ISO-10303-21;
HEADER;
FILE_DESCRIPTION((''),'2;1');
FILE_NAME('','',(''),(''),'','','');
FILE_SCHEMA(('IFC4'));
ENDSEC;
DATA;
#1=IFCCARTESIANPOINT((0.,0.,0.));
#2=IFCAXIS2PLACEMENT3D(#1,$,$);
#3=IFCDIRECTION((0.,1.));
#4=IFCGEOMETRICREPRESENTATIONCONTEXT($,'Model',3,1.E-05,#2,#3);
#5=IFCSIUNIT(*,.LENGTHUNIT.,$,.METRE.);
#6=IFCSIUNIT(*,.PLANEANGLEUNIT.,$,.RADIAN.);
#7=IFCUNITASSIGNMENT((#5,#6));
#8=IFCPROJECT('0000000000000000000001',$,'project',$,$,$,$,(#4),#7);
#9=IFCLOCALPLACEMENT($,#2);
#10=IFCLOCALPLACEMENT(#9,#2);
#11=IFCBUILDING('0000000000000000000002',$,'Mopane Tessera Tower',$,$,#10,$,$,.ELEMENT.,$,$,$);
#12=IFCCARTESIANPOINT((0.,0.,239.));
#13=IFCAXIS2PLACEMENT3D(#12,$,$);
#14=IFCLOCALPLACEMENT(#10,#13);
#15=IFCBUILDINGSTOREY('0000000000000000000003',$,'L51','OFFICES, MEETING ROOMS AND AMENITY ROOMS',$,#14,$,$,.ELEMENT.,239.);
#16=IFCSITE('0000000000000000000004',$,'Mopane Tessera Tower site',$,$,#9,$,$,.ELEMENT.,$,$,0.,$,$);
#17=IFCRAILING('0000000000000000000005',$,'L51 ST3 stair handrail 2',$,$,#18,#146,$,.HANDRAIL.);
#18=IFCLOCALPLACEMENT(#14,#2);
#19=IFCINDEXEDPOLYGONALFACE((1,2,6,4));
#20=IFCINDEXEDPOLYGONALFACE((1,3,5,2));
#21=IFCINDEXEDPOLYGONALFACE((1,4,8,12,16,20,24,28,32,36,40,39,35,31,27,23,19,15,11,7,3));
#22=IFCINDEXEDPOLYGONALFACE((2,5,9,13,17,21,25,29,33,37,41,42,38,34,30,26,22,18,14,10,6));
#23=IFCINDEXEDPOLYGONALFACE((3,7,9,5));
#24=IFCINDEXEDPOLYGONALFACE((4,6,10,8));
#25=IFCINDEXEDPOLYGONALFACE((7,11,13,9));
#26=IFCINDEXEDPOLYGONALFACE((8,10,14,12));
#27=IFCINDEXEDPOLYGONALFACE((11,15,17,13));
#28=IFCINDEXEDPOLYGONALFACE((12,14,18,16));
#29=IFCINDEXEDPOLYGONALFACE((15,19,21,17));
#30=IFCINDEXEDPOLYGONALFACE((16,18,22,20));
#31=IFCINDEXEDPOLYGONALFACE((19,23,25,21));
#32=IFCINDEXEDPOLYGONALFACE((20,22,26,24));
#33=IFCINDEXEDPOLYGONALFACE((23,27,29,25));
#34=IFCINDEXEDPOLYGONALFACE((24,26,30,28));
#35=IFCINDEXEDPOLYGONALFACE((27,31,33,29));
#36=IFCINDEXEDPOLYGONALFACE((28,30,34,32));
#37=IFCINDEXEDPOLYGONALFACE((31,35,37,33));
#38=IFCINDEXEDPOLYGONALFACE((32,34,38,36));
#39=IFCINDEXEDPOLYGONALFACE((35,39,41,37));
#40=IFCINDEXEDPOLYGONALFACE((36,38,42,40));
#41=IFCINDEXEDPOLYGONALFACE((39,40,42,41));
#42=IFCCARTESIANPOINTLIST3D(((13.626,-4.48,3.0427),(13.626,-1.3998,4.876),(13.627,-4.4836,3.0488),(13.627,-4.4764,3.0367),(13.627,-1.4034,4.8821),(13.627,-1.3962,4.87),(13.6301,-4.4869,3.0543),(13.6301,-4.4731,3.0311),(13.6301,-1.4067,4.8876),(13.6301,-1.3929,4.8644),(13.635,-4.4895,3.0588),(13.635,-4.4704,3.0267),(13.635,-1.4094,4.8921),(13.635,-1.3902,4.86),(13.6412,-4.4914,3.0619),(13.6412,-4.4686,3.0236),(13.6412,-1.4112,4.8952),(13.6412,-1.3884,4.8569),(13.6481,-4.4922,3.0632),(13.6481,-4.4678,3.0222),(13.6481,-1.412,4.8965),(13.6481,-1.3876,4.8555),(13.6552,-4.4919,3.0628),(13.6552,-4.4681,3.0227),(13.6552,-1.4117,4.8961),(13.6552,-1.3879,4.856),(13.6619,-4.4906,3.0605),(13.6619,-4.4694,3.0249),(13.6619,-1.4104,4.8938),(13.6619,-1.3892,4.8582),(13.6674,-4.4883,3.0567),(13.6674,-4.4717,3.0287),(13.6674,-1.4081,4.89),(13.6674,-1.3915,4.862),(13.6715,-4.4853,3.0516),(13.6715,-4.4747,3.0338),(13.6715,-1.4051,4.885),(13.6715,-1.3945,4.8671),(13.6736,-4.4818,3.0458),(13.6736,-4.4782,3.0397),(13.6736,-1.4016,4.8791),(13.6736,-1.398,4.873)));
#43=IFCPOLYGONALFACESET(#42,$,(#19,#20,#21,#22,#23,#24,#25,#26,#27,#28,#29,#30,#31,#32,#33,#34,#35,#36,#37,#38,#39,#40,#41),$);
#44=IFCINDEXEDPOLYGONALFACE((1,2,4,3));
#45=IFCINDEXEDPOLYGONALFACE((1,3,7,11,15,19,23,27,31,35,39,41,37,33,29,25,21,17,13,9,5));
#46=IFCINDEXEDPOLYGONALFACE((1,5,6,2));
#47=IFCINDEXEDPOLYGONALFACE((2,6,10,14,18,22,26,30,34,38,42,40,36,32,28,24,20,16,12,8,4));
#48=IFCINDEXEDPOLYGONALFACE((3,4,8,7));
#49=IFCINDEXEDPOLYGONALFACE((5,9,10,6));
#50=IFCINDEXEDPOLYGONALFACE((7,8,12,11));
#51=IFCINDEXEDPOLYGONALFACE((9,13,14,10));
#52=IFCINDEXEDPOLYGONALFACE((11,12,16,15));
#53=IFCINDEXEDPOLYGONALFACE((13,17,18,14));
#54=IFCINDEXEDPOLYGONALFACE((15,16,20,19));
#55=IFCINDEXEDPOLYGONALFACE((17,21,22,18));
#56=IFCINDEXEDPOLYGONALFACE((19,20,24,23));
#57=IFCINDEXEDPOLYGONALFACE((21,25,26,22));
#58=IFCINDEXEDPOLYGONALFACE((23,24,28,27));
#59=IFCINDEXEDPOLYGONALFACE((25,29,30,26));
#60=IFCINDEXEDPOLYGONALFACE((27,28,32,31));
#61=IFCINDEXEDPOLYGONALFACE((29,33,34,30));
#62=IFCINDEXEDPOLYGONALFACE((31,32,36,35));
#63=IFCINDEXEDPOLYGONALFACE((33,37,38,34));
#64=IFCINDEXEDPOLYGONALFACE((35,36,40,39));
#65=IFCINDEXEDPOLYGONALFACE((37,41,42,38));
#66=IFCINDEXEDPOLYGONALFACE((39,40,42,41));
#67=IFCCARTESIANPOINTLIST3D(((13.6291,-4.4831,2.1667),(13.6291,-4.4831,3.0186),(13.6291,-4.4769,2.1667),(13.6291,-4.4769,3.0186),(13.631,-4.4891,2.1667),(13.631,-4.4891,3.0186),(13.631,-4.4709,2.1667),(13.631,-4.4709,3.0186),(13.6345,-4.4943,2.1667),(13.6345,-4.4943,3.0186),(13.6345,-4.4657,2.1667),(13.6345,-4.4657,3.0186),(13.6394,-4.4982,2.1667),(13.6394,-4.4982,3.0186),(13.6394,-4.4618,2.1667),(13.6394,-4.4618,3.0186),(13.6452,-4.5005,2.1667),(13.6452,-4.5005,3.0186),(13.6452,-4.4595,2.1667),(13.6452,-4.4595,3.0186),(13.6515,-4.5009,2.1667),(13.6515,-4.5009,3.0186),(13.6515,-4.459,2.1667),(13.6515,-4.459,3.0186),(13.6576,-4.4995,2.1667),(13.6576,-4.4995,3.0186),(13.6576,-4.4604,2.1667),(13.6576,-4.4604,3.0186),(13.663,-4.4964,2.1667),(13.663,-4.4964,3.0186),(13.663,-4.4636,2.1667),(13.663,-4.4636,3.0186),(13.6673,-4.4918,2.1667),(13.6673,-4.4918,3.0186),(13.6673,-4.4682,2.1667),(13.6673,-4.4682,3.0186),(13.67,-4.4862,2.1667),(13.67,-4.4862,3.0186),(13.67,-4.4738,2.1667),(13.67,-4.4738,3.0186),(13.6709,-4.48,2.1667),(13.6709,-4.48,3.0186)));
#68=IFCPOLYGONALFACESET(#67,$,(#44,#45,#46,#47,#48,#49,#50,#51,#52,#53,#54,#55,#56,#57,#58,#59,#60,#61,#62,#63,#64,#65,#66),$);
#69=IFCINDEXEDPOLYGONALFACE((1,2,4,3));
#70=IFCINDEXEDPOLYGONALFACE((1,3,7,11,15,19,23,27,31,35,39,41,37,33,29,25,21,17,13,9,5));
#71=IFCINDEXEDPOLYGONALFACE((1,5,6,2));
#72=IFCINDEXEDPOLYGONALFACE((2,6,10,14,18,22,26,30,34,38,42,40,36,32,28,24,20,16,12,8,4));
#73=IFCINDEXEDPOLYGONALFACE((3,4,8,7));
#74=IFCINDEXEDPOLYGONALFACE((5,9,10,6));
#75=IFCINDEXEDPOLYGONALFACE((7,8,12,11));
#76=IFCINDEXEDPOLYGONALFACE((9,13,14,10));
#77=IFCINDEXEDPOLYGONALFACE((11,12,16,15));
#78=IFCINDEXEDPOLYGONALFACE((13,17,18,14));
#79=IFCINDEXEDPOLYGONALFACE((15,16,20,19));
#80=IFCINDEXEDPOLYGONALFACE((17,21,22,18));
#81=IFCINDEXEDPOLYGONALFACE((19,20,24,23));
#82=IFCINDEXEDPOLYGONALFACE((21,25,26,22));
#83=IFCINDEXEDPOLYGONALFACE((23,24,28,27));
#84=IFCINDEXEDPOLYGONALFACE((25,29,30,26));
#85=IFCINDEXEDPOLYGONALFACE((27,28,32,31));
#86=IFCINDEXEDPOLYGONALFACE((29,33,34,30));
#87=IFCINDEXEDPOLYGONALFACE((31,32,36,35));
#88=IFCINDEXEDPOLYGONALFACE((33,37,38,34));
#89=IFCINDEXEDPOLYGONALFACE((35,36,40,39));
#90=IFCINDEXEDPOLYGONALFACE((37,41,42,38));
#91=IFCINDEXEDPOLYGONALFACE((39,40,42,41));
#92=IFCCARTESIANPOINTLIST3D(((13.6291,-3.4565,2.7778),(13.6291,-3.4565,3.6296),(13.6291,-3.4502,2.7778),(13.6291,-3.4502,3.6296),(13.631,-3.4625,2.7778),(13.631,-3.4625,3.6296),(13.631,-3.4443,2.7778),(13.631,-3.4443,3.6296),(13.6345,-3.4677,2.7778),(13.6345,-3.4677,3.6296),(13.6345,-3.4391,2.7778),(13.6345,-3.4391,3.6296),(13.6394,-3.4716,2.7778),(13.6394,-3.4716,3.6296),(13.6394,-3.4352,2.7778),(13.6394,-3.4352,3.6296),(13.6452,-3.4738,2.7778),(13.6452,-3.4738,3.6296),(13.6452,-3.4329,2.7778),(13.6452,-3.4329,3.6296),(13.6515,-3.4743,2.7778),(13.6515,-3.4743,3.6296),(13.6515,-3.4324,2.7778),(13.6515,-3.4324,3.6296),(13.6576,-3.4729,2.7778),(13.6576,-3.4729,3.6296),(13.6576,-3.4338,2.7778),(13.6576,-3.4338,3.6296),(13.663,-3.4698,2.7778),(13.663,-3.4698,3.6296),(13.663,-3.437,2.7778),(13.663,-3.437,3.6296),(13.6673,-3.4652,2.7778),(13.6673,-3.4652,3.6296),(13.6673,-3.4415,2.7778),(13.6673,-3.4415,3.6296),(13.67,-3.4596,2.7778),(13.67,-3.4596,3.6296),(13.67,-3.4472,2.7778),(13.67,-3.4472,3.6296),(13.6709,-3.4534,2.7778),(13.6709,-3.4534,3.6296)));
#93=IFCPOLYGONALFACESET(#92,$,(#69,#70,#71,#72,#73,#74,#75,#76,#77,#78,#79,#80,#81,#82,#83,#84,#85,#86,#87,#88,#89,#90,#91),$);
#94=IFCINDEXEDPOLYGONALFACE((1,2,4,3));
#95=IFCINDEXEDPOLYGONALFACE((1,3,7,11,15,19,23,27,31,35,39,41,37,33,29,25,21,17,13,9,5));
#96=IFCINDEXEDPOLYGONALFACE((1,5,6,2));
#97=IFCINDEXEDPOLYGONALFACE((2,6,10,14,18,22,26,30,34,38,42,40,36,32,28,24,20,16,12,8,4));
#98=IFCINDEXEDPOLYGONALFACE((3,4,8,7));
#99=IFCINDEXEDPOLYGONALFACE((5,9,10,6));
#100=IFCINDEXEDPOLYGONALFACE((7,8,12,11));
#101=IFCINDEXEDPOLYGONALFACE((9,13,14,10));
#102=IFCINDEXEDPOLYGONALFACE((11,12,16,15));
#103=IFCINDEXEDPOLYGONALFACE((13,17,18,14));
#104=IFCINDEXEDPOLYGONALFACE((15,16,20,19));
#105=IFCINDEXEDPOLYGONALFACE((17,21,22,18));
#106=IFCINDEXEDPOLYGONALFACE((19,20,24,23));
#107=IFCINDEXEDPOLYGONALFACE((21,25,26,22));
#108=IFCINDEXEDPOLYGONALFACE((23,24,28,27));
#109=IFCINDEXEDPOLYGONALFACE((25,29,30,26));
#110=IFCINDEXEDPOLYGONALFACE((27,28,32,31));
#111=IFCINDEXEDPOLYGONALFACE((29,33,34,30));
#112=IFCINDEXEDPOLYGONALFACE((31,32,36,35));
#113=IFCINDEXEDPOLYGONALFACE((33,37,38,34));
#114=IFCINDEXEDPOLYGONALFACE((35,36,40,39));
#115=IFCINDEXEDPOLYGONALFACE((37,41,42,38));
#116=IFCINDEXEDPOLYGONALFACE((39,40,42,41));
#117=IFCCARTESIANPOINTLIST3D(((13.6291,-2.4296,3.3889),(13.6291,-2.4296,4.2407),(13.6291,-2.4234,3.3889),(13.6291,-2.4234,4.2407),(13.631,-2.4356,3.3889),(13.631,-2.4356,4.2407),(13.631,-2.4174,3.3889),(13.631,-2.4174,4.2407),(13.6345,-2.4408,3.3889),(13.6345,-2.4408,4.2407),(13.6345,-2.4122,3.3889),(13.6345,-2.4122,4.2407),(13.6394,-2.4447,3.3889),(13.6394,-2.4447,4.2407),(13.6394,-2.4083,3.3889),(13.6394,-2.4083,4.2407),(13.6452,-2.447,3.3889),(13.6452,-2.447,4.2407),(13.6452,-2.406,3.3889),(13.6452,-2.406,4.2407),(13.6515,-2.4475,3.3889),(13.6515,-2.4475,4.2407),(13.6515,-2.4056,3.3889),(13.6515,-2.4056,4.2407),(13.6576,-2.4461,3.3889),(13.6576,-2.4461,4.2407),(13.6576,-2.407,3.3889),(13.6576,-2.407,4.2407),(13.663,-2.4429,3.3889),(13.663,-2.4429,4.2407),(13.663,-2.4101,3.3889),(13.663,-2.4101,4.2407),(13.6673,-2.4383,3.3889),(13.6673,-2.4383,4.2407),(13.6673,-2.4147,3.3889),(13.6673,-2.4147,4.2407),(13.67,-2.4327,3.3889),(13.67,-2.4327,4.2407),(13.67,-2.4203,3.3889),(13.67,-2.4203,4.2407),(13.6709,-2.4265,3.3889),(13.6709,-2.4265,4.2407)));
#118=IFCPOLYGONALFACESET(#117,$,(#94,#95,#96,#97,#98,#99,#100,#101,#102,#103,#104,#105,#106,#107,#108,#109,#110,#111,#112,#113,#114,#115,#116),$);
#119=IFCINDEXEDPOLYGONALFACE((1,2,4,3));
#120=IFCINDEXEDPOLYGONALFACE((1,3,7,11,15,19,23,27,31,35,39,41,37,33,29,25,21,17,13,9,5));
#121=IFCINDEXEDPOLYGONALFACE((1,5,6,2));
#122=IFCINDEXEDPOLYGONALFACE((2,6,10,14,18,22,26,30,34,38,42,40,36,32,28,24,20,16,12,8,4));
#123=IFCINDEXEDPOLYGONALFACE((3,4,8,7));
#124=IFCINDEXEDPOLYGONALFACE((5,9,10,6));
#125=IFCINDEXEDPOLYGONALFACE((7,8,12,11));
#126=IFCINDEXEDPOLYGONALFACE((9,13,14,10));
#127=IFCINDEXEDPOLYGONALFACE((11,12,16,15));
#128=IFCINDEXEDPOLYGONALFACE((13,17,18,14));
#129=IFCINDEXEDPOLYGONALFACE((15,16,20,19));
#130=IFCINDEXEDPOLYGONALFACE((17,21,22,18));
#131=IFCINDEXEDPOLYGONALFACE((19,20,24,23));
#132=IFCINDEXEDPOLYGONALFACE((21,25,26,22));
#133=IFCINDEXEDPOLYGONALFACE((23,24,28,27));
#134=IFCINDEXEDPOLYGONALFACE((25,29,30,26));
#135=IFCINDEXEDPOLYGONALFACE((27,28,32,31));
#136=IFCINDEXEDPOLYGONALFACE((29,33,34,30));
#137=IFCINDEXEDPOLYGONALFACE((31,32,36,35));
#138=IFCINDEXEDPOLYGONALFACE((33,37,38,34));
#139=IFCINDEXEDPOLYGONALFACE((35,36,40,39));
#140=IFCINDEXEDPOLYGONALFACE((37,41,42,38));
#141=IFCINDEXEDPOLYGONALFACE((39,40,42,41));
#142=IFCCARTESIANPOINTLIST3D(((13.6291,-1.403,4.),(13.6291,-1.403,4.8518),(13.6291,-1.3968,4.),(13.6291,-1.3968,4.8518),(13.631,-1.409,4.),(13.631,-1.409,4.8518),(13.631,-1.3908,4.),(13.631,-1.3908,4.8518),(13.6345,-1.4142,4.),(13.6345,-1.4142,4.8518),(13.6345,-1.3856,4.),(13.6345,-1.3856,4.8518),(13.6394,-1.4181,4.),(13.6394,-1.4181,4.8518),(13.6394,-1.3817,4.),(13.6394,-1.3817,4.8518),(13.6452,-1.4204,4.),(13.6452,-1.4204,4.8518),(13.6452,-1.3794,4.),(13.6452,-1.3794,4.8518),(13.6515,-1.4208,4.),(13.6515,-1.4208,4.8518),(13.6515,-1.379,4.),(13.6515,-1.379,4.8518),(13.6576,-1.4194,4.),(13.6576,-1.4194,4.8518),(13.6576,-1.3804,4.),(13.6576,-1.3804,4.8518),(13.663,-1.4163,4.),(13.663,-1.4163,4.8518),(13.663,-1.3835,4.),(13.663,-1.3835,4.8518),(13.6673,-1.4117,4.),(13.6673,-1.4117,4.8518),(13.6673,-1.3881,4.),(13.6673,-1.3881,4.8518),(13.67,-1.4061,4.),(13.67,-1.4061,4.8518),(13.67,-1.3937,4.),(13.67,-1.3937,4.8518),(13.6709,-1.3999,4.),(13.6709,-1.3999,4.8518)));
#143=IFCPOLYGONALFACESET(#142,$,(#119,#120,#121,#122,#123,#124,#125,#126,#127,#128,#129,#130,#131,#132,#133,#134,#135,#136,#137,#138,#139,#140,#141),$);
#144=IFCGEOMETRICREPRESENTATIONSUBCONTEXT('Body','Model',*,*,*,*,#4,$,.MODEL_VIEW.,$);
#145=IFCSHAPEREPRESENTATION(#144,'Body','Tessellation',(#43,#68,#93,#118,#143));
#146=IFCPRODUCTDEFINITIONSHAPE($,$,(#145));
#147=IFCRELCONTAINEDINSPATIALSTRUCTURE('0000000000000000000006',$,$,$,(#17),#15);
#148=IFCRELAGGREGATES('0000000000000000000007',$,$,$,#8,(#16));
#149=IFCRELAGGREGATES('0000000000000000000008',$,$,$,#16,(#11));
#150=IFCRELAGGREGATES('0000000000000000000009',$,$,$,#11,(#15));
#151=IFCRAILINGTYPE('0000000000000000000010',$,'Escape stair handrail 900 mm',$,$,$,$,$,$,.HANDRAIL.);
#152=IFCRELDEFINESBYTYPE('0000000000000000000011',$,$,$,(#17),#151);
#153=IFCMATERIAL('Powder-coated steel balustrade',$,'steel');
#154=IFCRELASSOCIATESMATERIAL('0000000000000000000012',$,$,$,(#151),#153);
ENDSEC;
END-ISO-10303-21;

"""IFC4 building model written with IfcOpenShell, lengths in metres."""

from ifc_helpers import new_model, si_unit, direction, frame, origin, origin_2d, place, context, subcontext, project, spatial, circle, extrude, material, type_object, element, save


model = new_model("IFC4")

# Units and contexts
model_context = context("Model", 3, precision=1e-05, world=origin(), true_north=direction((0.0, 1.0)))
body_context = subcontext(model_context, "Body", "Model", "MODEL_VIEW")
ifc_project = project(units=[si_unit("LENGTHUNIT", "METRE"), si_unit("PLANEANGLEUNIT", "RADIAN")], contexts=[model_context])

# Site, building, storey
site_placement = place(None, origin())
site = spatial("IfcSite", under=ifc_project, at=site_placement, Name="Mopane Tessera Tower site", CompositionType="ELEMENT", RefElevation=0.0)
building_placement = place(site_placement, origin())
building = spatial("IfcBuilding", under=site, at=building_placement, Name="Mopane Tessera Tower", CompositionType="ELEMENT")
storey_placement = place(building_placement, frame((0.0, 0.0, 239.0)))
storey = spatial("IfcBuildingStorey", under=building, at=storey_placement, Name="L51", Description="OFFICES, MEETING ROOMS AND AMENITY ROOMS", CompositionType="ELEMENT", Elevation=239.0)

# Railing
ifc_material_1 = material(Name="Powder-coated steel balustrade", Category="steel")
railing_type_1 = type_object("IfcRailingType", Name="Escape stair handrail 900 mm", PredefinedType="HANDRAIL", material=ifc_material_1)
railing_1_placement = place(storey_placement, frame((13.6499, -4.48, 2.1667)))
element("IfcRailing", 1, at=railing_1_placement, inside=storey, type_object=railing_type_1, Name="L51 ST3 stair handrail 2", PredefinedType="HANDRAIL", context=body_context, shape_type="SweptSolid", body=[
    extrude(circle(Radius=0.0239, at=origin_2d()), frame((0.0, 0.0, 0.876), z_axis=(0.0, 0.859309, 0.511458), x_axis=(-1.0, 0.0, 0.0)), (0.0, 0.0, 1.0), 3.5845),
    extrude(circle(Radius=0.021, at=origin_2d()), origin(), (0.0, 0.0, 1.0), 0.8518),
    extrude(circle(Radius=0.021, at=origin_2d()), frame((0.0, 1.0266, 0.6111)), (0.0, 0.0, 1.0), 0.8518),
    extrude(circle(Radius=0.021, at=origin_2d()), frame((0.0, 2.0535, 1.2222)), (0.0, 0.0, 1.0), 0.8518),
    extrude(circle(Radius=0.021, at=origin_2d()), frame((0.0, 3.0801, 1.8333)), (0.0, 0.0, 1.0), 0.8518),
])

save(model, "model.ifc")
